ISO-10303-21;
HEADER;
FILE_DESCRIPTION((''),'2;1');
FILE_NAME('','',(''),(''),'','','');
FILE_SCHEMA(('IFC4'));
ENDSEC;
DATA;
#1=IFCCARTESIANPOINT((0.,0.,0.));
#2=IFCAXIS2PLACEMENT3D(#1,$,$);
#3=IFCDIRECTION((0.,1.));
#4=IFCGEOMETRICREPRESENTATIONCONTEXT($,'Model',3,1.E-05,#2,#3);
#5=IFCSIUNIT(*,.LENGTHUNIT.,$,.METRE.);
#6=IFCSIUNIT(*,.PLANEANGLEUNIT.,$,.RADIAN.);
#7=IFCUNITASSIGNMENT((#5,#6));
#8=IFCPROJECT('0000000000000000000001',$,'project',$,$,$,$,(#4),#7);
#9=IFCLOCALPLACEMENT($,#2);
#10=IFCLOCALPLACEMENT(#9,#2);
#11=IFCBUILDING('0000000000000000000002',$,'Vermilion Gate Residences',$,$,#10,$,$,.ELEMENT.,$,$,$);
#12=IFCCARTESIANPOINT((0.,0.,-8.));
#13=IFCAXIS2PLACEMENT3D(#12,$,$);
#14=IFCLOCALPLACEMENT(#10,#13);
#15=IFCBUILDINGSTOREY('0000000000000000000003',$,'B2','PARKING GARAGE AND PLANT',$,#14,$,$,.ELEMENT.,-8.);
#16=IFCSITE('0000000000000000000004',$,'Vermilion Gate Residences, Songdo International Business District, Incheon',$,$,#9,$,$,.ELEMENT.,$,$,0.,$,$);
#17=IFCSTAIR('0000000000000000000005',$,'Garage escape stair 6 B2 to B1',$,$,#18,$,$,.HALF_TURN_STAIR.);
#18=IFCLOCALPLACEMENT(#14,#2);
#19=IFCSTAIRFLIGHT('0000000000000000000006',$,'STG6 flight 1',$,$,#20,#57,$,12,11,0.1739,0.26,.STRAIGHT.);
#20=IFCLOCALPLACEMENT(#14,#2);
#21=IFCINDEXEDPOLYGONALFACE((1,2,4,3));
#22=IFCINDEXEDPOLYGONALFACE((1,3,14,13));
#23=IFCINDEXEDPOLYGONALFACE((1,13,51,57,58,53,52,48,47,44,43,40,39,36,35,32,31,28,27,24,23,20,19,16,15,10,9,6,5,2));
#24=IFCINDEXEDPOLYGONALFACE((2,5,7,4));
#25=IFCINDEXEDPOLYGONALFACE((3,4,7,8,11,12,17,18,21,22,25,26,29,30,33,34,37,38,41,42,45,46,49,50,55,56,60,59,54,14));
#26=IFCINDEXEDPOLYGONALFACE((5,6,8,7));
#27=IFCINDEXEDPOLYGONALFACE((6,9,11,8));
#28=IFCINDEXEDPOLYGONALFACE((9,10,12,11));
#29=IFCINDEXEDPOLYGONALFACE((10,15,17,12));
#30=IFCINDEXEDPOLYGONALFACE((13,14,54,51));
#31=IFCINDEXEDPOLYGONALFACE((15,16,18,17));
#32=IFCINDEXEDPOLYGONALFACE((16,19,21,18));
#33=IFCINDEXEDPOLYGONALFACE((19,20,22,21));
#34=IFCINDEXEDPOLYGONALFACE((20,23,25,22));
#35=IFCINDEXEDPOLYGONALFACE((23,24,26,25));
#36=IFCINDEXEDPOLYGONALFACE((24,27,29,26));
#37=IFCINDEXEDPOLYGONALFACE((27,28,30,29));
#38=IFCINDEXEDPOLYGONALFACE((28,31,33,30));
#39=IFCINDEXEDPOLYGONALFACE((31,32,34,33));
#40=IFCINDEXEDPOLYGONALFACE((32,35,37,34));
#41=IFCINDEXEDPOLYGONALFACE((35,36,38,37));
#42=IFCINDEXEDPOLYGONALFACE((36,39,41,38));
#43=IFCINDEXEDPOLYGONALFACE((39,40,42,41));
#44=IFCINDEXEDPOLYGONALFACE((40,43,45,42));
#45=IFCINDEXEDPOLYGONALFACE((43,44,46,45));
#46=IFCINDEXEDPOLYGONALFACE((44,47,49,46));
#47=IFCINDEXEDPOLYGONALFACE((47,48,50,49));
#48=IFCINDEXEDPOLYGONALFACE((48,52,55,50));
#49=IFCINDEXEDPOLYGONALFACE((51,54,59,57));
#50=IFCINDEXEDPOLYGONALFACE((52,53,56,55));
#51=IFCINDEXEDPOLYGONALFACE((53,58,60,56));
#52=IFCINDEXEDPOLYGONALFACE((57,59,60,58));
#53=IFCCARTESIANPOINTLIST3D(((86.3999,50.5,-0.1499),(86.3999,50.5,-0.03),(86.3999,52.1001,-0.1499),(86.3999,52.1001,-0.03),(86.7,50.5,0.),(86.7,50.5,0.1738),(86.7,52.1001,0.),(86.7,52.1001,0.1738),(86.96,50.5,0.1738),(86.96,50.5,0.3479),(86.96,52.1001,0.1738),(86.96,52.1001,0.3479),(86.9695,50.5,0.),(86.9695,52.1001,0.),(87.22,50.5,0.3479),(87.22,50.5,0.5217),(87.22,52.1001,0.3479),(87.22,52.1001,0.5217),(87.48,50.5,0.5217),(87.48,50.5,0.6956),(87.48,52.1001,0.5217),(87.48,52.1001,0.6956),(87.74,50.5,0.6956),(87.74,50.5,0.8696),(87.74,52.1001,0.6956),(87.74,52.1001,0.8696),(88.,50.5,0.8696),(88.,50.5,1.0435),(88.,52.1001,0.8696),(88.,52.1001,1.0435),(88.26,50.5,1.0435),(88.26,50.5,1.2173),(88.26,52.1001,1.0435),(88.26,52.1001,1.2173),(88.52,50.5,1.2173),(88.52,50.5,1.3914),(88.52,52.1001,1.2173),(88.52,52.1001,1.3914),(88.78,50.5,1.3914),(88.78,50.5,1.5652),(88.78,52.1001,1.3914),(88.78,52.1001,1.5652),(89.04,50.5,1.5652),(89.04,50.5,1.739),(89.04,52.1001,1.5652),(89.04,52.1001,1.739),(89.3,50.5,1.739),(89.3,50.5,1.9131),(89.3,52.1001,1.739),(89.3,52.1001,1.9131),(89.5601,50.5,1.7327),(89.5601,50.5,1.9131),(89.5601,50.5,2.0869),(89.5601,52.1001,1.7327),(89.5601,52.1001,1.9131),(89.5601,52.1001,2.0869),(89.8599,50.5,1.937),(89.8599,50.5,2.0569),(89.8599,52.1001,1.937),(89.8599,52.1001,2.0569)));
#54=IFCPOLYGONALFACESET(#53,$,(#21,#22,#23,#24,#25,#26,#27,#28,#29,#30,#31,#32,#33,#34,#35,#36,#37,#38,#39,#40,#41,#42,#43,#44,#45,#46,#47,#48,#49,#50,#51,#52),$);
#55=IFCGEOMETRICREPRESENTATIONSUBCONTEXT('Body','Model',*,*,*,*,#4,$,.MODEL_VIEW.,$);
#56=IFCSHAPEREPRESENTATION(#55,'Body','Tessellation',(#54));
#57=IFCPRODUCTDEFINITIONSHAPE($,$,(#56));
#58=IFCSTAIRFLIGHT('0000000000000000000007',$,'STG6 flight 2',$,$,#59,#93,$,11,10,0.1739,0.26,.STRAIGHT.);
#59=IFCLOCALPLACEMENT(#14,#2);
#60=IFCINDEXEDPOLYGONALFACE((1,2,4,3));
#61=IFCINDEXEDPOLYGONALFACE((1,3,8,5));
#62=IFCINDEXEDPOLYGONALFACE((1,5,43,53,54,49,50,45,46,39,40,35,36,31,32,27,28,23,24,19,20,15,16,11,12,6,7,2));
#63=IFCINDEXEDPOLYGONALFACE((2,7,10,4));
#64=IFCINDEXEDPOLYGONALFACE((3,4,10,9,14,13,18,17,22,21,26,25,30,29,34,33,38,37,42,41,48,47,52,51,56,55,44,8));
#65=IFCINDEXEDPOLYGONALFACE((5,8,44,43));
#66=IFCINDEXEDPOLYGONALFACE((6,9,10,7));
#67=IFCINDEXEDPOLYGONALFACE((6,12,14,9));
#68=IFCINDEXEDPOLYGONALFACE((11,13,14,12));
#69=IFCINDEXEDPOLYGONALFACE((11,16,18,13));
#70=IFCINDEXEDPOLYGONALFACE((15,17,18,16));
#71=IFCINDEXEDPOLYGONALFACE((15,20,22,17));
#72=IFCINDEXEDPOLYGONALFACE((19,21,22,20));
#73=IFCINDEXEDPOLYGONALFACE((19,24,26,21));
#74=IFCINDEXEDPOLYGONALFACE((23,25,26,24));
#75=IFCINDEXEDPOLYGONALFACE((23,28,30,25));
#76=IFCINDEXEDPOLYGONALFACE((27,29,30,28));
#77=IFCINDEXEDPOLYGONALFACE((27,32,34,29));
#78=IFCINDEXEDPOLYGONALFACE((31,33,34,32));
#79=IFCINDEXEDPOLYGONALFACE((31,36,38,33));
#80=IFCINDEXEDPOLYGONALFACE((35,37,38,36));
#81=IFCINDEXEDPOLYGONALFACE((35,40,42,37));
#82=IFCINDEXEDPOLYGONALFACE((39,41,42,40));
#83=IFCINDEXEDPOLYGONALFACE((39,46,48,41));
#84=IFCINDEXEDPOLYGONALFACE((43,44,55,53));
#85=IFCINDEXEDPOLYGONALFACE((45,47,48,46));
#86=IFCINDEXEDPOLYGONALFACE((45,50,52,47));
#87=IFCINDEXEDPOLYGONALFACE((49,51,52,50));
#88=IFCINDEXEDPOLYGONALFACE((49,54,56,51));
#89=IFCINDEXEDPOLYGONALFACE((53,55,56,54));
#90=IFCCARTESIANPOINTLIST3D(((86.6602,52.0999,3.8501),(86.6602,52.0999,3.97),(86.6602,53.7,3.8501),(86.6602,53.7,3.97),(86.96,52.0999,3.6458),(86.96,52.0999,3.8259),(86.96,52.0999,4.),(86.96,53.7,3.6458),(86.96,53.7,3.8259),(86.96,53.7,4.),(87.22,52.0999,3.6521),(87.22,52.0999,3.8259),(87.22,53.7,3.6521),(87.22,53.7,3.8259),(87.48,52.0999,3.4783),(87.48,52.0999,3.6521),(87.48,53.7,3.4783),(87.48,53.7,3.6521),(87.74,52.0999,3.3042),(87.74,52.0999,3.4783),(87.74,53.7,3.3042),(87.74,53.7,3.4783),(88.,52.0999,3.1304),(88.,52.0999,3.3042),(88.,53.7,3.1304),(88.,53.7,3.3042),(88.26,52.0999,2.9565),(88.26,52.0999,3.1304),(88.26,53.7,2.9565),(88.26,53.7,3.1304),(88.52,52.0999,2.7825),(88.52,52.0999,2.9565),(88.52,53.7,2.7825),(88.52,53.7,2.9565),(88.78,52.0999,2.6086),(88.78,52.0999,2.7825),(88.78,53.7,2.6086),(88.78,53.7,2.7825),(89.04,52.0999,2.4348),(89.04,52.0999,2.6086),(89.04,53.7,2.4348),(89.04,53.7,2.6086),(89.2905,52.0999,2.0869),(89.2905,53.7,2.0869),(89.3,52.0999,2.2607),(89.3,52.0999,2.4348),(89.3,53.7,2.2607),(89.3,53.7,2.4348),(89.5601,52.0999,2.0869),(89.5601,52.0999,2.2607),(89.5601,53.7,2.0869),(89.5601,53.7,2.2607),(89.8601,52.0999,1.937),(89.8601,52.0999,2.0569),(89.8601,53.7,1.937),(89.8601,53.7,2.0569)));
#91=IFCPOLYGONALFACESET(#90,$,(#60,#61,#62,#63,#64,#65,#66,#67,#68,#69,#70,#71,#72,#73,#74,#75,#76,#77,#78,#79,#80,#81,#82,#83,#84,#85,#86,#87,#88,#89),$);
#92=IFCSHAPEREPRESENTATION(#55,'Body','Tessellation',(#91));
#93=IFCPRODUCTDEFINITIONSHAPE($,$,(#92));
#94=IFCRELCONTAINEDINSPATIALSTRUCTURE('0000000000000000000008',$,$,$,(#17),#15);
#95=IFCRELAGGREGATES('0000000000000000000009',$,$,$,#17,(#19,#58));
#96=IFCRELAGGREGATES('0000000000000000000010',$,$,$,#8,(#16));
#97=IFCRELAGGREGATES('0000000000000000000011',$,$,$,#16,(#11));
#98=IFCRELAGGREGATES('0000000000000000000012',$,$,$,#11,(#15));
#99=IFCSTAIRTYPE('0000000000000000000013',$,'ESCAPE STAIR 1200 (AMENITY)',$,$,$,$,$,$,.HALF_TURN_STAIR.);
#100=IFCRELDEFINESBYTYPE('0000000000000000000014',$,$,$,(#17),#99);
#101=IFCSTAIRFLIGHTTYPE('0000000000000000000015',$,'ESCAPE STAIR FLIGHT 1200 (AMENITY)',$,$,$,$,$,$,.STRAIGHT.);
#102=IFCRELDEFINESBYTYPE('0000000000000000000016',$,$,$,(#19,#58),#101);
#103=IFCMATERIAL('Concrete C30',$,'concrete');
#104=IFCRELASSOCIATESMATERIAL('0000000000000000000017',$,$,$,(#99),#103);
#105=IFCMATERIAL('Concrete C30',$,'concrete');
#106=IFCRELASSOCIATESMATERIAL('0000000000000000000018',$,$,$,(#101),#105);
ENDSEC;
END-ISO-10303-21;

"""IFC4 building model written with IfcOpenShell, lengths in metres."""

from ifc_helpers import new_model, si_unit, direction, frame, origin, place, context, subcontext, project, spatial, polyline, outline, extrude, material, type_object, element, aggregate, save


model = new_model("IFC4")

# Units and contexts
model_context = context("Model", 3, precision=1e-05, world=origin(), true_north=direction((0.0, 1.0)))
body_context = subcontext(model_context, "Body", "Model", "MODEL_VIEW")
ifc_project = project(units=[si_unit("LENGTHUNIT", "METRE"), si_unit("PLANEANGLEUNIT", "RADIAN")], contexts=[model_context])

# Site, building, storey
site_placement = place(None, origin())
site = spatial("IfcSite", under=ifc_project, at=site_placement, Name="Vermilion Gate Residences, Songdo International Business District, Incheon", CompositionType="ELEMENT", RefElevation=0.0)
building_placement = place(site_placement, origin())
building = spatial("IfcBuilding", under=site, at=building_placement, Name="Vermilion Gate Residences", CompositionType="ELEMENT")
storey_placement = place(building_placement, frame((0.0, 0.0, -8.0)))
storey = spatial("IfcBuildingStorey", under=building, at=storey_placement, Name="B2", Description="PARKING GARAGE AND PLANT", CompositionType="ELEMENT", Elevation=-8.0)

# Stair, stair flights
ifc_material_1 = material(Name="Concrete C30", Category="concrete")
stair_type = type_object("IfcStairType", Name="ESCAPE STAIR 1200 (AMENITY)", PredefinedType="HALF_TURN_STAIR", material=ifc_material_1)
stair_placement = place(storey_placement, origin())
stair = element("IfcStair", 1, at=stair_placement, inside=storey, type_object=stair_type, Name="Garage escape stair 6 B2 to B1", PredefinedType="HALF_TURN_STAIR")
ifc_material_2 = material(Name="Concrete C30", Category="concrete")
stair_flight_type = type_object("IfcStairFlightType", Name="ESCAPE STAIR FLIGHT 1200 (AMENITY)", PredefinedType="STRAIGHT", material=ifc_material_2)
stair_flight_1_placement = place(storey_placement, frame((86.7, 51.3, 0.0), z_axis=(0.0, 0.0, 1.0), x_axis=(1.0, 0.0, 0.0)))
stair_flight_1 = element("IfcStairFlight", 2, at=stair_flight_1_placement, type_object=stair_flight_type, Name="STG6 flight 1", NumberOfRisers=12, NumberOfTreads=11, PredefinedType="STRAIGHT", RiserHeight=0.1739, TreadLength=0.26, context=body_context, shape_type="SweptSolid", body=[
    extrude(outline(polyline([(-0.3, -0.1499), (-0.3, -0.03), (0.0, 0.0), (0.0, 0.1738), (0.26, 0.1738), (0.26, 0.3479), (0.52, 0.3479), (0.52, 0.5217), (0.78, 0.5217), (0.78, 0.6956), (1.04, 0.6956), (1.04, 0.8696), (1.3, 0.8696), (1.3, 1.0435), (1.5601, 1.0435), (1.5601, 1.2173), (1.8201, 1.2173), (1.8201, 1.3914), (2.0801, 1.3914), (2.0801, 1.5652), (2.3401, 1.5652), (2.3401, 1.739), (2.6001, 1.739), (2.6001, 1.9131), (2.8601, 1.9131), (2.8601, 2.0869), (3.1599, 2.0569), (3.1599, 1.937), (2.8601, 1.7327), (0.2695, 0.0), (-0.3, -0.1499)])), frame((0.0, 0.8, 0.0), z_axis=(0.0, -1.0, 0.0), x_axis=(1.0, 0.0, 0.0)), (0.0, 0.0, 1.0), 1.6001),
])
stair_flight_2_placement = place(storey_placement, frame((89.5601, 52.8999, 2.0869), z_axis=(0.0, 0.0, 1.0), x_axis=(-1.0, 0.0, 0.0)))
stair_flight_2 = element("IfcStairFlight", 3, at=stair_flight_2_placement, type_object=stair_flight_type, Name="STG6 flight 2", NumberOfRisers=11, NumberOfTreads=10, PredefinedType="STRAIGHT", RiserHeight=0.1739, TreadLength=0.26, context=body_context, shape_type="SweptSolid", body=[
    extrude(outline(polyline([(-0.3, -0.1499), (-0.3, -0.03), (0.0, 0.0), (0.0, 0.1738), (0.26, 0.1738), (0.26, 0.3479), (0.52, 0.3479), (0.52, 0.5217), (0.78, 0.5217), (0.78, 0.6956), (1.04, 0.6956), (1.04, 0.8696), (1.3, 0.8696), (1.3, 1.0435), (1.5601, 1.0435), (1.5601, 1.2173), (1.8201, 1.2173), (1.8201, 1.3914), (2.0801, 1.3914), (2.0801, 1.5652), (2.3401, 1.5652), (2.3401, 1.739), (2.6001, 1.739), (2.6001, 1.9131), (2.8999, 1.8831), (2.8999, 1.7632), (2.6001, 1.5588), (0.2695, 0.0), (-0.3, -0.1499)])), frame((0.0, 0.8, 0.0), z_axis=(0.0, -1.0, 0.0), x_axis=(1.0, 0.0, 0.0)), (0.0, 0.0, 1.0), 1.6001),
])
aggregate(stair, [stair_flight_1, stair_flight_2])

save(model, "model.ifc")
